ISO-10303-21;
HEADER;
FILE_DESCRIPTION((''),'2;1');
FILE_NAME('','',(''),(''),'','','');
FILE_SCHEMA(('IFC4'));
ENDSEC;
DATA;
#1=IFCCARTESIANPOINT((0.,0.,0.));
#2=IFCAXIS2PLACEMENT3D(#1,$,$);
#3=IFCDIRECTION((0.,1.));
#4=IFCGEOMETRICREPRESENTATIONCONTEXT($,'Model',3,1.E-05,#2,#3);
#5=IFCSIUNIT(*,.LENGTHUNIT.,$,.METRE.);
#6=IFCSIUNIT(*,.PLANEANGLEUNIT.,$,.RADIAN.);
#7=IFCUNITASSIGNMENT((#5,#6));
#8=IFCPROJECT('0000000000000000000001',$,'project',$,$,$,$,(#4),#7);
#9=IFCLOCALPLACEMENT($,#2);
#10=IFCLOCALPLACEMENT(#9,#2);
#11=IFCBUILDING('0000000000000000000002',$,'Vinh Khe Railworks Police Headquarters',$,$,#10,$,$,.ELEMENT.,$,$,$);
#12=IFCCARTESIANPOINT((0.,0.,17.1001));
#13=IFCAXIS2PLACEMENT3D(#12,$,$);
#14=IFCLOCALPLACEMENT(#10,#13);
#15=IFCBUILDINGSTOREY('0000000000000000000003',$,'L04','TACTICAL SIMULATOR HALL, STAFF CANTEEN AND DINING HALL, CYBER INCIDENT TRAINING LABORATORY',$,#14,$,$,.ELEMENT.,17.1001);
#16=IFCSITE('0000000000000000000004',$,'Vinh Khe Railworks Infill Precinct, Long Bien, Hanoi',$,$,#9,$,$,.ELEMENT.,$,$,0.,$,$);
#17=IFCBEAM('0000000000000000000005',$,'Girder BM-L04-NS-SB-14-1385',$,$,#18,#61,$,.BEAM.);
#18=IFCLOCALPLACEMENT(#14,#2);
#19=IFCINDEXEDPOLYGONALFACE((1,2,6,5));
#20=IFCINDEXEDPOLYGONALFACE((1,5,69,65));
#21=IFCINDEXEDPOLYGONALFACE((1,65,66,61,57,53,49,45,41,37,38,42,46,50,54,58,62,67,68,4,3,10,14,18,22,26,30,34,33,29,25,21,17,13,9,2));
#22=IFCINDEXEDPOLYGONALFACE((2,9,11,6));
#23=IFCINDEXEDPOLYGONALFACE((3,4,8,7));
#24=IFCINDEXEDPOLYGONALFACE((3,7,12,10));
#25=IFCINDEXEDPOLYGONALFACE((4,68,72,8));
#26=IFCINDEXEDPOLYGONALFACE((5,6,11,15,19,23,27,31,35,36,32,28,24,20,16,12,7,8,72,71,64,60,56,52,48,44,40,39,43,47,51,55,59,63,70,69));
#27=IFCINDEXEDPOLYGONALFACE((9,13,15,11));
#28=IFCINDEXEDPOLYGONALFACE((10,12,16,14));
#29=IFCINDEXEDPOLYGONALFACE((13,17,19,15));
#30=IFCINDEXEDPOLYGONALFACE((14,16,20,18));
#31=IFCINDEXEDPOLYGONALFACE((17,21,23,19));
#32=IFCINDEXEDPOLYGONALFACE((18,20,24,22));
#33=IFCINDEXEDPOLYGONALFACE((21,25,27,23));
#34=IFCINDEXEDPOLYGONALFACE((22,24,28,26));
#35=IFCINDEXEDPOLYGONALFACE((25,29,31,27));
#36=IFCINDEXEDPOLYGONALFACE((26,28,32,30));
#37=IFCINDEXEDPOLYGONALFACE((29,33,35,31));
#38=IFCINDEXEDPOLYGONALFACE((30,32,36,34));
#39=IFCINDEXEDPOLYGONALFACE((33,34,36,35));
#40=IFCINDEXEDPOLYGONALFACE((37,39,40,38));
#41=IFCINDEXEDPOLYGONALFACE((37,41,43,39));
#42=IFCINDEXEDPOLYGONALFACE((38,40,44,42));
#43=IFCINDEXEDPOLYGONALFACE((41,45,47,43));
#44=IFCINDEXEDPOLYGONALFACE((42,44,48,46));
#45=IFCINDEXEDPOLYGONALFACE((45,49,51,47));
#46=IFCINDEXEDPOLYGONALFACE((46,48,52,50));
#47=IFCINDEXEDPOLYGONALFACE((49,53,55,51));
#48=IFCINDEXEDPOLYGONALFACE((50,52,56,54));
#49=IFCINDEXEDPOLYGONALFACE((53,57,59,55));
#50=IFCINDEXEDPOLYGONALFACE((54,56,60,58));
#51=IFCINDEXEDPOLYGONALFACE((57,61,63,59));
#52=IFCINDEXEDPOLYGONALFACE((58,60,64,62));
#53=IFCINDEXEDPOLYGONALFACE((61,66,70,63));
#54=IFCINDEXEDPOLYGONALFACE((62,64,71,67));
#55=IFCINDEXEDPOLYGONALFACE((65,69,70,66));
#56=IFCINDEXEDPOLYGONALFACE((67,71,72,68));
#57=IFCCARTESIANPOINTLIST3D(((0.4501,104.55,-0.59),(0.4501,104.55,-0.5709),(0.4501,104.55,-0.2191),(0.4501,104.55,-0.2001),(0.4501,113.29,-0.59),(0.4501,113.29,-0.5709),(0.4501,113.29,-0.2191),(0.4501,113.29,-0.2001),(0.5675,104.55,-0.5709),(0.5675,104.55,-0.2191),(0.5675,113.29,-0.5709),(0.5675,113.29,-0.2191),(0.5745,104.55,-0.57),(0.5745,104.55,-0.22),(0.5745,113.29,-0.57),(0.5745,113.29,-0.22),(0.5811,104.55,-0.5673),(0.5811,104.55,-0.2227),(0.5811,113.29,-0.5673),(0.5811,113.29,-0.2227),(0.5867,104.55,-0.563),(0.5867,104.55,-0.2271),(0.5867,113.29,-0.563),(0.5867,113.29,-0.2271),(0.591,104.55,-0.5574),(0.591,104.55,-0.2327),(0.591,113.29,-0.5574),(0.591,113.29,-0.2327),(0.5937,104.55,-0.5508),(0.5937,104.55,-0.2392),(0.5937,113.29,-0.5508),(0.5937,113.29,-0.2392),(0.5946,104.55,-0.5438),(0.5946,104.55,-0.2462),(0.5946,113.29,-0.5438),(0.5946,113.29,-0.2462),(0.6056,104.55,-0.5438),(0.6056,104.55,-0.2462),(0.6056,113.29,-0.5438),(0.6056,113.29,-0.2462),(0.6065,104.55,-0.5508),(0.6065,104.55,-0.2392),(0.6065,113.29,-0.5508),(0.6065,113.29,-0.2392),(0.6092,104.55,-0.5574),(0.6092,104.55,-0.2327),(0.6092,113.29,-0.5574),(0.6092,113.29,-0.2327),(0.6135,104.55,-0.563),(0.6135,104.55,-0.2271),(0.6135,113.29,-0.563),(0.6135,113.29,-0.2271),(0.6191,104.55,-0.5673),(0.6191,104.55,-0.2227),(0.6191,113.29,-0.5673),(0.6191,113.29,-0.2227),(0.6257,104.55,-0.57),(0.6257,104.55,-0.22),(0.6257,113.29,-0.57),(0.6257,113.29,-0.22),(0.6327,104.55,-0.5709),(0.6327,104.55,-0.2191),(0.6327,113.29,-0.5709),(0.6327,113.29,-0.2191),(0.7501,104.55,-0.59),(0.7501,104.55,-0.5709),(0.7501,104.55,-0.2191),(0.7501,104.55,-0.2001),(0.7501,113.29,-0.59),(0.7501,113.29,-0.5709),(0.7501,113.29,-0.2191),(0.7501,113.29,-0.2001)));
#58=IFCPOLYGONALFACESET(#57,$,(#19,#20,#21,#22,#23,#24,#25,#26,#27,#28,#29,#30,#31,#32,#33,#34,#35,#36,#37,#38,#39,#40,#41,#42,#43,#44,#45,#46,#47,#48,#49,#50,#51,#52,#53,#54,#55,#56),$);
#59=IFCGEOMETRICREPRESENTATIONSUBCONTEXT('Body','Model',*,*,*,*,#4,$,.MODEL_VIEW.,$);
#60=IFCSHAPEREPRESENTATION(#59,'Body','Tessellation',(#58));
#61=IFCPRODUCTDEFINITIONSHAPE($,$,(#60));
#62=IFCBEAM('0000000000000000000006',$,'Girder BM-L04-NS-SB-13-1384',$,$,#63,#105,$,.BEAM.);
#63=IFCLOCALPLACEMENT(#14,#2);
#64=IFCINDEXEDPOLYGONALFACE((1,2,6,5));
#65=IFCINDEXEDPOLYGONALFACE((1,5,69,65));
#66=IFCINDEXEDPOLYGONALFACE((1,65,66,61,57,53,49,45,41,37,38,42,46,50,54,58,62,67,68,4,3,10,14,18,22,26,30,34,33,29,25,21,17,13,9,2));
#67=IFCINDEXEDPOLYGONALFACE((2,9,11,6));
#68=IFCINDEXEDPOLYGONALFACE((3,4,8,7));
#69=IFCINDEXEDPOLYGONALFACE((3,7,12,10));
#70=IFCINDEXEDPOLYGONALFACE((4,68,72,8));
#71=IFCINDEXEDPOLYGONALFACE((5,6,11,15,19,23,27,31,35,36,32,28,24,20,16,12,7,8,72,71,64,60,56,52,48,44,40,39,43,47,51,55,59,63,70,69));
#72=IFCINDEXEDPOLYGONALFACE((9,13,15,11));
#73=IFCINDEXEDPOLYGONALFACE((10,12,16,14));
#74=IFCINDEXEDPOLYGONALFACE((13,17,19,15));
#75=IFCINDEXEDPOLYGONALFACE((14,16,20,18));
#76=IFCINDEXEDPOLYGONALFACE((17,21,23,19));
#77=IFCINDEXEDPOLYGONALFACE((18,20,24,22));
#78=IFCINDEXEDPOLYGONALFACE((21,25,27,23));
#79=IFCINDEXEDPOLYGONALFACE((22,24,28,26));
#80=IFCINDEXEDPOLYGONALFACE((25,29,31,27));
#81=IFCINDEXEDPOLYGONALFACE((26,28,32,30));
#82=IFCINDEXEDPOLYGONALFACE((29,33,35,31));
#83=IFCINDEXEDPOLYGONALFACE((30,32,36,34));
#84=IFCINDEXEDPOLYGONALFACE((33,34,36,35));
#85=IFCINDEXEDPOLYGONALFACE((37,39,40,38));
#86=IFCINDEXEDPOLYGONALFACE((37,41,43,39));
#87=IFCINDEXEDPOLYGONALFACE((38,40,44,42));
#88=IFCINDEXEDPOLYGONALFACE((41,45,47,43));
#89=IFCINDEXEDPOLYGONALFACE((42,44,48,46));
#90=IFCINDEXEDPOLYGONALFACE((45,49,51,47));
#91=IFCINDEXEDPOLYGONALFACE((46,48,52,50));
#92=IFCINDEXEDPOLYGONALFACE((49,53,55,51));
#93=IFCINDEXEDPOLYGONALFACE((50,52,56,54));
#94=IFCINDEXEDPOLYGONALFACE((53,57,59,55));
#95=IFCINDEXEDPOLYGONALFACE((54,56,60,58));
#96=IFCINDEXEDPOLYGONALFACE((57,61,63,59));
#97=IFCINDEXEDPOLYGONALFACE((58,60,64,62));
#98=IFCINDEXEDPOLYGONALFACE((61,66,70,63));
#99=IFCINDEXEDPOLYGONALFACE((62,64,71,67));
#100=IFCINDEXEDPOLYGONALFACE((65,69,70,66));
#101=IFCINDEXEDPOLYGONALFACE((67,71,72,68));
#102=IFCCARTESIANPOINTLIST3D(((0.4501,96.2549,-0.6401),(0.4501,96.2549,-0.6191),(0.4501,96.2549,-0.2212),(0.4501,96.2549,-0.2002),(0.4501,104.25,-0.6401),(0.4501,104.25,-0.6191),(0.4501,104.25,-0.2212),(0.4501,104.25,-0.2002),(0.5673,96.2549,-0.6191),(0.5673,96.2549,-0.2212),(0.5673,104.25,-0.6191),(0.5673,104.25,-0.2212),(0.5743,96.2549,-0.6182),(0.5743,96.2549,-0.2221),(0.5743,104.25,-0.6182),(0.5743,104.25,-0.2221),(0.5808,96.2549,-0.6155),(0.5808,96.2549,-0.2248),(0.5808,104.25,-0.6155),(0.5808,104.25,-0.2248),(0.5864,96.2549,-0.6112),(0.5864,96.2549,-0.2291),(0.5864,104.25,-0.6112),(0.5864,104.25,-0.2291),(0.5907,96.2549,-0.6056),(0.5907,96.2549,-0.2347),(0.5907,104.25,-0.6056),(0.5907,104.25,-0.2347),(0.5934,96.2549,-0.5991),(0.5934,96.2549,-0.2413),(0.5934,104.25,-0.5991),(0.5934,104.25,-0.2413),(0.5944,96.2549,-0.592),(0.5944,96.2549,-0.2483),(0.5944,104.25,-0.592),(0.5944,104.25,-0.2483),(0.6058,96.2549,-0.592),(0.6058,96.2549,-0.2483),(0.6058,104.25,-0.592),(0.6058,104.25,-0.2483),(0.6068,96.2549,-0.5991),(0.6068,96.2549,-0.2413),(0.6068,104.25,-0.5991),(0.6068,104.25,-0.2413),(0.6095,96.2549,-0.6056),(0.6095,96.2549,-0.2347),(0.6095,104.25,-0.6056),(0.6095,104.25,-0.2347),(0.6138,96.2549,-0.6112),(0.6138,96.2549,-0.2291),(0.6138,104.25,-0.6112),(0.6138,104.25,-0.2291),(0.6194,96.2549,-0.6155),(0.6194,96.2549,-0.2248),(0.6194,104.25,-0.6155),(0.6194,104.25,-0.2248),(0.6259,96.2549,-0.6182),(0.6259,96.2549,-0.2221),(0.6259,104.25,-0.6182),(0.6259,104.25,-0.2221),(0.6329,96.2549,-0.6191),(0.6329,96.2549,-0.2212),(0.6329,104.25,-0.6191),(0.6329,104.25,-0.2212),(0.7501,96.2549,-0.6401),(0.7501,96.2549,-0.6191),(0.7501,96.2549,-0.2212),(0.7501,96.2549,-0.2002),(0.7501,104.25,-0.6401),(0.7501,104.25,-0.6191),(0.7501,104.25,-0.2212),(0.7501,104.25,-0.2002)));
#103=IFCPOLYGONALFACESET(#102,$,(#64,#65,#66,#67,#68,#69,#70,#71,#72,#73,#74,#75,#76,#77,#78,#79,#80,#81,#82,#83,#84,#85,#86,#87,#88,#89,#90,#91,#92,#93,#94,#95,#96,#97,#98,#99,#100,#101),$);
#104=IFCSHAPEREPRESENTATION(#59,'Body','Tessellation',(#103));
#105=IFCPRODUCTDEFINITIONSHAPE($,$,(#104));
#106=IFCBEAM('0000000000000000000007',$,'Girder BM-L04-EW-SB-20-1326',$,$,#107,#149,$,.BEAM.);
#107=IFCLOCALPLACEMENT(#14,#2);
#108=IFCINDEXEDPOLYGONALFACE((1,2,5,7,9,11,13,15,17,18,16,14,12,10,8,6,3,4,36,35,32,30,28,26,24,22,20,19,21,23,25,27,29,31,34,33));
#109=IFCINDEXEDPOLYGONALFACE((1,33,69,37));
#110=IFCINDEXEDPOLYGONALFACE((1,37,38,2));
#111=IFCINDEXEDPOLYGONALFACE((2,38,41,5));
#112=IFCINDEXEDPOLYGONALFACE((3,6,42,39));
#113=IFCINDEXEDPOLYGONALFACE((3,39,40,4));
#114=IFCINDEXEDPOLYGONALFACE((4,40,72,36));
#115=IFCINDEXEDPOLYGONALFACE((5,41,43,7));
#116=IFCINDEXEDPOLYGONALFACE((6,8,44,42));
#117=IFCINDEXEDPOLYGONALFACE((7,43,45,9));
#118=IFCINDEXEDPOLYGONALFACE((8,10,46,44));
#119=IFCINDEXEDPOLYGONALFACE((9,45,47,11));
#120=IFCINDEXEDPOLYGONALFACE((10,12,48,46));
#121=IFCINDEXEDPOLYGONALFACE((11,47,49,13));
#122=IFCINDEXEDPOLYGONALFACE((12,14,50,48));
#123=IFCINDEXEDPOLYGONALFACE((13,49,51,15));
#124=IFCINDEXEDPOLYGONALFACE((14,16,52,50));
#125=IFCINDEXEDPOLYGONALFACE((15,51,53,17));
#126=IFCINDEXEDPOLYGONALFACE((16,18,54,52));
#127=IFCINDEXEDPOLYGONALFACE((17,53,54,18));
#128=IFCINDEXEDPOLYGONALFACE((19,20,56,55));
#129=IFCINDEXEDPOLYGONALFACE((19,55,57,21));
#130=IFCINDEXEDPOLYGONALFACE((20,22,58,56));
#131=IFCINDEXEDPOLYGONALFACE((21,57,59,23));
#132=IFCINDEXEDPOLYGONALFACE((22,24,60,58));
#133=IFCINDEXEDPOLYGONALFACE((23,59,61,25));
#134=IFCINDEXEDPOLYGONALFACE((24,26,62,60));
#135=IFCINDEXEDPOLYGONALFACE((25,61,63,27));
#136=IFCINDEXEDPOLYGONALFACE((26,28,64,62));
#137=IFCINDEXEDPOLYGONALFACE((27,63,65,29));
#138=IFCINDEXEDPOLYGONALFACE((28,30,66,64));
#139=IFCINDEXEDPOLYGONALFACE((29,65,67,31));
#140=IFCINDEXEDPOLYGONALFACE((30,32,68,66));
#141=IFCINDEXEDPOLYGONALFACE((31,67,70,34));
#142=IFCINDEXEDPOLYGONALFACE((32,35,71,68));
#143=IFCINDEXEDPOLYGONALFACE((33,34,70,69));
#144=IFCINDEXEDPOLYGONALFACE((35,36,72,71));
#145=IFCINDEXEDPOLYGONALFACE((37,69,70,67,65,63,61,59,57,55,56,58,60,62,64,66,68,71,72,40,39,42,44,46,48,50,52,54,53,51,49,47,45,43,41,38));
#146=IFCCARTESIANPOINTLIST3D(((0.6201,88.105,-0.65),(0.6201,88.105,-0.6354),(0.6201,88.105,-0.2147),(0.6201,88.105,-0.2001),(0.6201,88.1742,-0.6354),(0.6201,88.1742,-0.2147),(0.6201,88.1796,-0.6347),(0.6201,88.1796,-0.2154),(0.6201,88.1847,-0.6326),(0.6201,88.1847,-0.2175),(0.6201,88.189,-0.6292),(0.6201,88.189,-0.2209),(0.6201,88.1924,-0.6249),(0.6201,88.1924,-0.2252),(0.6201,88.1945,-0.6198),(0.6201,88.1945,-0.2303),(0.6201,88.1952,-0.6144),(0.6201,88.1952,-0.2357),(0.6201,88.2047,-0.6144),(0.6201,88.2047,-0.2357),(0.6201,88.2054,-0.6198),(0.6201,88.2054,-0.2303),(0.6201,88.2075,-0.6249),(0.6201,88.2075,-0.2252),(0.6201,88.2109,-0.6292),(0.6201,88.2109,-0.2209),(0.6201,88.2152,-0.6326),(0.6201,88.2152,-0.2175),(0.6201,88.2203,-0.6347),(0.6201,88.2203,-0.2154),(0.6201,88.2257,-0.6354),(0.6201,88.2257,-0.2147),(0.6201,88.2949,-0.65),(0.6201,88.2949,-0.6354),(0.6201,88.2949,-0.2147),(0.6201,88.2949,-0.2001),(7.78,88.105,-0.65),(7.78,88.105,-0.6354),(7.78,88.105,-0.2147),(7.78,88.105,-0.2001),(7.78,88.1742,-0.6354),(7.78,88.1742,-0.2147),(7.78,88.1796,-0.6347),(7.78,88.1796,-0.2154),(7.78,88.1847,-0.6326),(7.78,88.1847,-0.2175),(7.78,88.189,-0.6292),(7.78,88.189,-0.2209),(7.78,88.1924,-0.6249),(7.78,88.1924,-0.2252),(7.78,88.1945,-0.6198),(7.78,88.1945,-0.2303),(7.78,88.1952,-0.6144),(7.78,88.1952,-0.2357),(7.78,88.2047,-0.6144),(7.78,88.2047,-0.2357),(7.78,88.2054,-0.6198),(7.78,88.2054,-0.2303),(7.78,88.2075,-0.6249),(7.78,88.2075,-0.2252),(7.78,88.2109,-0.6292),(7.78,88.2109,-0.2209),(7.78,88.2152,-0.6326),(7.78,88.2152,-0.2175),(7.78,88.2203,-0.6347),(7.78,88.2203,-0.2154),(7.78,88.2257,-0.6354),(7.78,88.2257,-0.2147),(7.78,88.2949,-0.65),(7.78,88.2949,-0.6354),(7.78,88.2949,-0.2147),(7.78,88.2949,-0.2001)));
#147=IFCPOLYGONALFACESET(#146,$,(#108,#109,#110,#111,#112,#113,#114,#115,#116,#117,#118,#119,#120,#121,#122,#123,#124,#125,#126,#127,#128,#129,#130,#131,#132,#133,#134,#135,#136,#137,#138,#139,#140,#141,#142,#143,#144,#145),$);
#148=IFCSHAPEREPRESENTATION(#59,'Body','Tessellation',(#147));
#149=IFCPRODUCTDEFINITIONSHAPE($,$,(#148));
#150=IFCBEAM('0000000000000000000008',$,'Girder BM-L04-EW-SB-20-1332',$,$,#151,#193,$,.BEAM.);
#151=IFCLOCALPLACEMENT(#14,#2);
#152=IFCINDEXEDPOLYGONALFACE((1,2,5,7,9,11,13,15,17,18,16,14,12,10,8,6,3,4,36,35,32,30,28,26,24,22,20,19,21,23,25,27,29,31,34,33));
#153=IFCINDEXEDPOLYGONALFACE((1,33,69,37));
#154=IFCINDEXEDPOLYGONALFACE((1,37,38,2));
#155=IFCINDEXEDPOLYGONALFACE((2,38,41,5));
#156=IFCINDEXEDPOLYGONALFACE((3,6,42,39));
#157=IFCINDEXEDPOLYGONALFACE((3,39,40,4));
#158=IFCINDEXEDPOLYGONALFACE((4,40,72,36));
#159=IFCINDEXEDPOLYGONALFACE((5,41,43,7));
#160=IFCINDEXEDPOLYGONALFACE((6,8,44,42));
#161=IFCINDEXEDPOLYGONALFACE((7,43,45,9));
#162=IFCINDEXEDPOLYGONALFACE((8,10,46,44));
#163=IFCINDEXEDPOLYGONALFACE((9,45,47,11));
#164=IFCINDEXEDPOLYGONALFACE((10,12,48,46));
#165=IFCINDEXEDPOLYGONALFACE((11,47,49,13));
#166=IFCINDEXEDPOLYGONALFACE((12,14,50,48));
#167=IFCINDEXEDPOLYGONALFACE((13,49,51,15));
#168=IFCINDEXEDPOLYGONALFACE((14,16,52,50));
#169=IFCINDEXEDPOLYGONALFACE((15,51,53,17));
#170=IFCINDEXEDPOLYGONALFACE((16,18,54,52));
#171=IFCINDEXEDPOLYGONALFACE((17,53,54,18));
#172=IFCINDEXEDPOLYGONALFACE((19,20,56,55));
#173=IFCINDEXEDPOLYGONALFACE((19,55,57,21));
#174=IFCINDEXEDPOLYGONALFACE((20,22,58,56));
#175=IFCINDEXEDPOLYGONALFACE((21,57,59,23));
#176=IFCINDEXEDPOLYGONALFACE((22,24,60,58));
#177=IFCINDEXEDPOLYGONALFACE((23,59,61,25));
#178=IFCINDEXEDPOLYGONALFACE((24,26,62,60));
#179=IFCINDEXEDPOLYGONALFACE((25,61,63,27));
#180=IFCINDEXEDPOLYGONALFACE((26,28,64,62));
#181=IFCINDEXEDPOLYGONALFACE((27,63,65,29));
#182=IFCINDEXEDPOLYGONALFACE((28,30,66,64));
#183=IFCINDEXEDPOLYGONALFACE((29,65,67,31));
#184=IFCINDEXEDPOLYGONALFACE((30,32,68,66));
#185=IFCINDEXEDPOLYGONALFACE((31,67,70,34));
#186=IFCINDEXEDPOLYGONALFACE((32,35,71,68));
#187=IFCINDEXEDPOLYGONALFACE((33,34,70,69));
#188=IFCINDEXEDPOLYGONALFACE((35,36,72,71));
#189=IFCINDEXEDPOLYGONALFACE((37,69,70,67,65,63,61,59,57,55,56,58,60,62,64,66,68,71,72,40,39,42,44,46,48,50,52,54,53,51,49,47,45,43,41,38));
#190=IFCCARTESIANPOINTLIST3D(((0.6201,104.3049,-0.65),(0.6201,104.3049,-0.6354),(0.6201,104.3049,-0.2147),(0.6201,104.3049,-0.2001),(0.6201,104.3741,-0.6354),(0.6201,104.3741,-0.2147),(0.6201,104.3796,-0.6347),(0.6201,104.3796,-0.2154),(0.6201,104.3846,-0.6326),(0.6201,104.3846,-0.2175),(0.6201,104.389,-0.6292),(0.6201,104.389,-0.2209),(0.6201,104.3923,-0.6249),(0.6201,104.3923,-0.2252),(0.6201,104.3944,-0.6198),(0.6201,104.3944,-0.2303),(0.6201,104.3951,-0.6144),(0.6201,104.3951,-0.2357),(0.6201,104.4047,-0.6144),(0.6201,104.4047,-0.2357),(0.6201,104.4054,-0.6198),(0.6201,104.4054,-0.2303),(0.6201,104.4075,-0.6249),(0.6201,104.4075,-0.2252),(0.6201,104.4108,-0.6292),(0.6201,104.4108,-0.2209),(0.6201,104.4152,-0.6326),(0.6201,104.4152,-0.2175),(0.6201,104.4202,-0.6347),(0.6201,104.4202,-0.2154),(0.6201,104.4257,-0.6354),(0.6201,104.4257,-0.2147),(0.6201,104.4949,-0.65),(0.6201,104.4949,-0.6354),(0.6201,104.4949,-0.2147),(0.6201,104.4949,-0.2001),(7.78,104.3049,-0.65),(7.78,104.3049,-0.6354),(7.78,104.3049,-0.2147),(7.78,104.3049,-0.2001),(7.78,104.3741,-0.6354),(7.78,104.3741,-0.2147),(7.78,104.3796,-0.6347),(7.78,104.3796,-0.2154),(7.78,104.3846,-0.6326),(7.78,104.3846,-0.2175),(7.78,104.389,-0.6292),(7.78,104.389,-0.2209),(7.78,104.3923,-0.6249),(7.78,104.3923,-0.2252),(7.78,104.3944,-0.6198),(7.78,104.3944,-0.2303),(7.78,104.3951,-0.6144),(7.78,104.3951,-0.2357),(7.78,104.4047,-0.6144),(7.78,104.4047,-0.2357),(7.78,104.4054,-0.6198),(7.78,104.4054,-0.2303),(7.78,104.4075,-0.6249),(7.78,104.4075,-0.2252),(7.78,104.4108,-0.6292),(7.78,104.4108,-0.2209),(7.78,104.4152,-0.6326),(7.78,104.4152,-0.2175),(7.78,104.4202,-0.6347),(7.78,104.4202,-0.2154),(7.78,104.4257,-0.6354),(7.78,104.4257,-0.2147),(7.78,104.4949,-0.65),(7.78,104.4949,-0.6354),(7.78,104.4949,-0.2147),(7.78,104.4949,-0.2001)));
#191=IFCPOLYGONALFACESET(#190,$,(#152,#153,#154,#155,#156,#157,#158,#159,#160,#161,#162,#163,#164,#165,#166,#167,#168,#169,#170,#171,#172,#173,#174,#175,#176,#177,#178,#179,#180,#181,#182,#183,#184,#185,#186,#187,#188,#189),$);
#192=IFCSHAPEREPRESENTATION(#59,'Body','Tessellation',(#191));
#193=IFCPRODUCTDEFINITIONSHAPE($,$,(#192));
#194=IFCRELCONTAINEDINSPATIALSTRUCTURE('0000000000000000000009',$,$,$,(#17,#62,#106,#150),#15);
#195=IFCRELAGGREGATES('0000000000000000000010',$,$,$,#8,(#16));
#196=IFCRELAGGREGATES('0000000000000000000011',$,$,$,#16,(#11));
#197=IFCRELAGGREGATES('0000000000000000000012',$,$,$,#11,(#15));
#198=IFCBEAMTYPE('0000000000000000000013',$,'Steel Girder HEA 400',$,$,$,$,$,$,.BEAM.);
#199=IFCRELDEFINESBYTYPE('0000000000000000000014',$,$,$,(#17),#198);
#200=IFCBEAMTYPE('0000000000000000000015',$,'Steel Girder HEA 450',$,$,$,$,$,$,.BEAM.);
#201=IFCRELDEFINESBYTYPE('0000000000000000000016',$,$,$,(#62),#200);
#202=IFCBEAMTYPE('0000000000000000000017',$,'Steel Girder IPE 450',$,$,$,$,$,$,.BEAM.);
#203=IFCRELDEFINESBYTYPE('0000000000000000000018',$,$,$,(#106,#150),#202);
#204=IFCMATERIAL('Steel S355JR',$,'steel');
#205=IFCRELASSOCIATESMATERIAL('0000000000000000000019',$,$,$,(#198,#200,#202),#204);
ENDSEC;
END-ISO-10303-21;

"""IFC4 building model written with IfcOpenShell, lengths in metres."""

from ifc_helpers import new_model, si_unit, direction, frame, origin, origin_2d, place, context, subcontext, project, spatial, i_section, extrude, material, material_profile, profile_set, type_object, element, save


model = new_model("IFC4")

# Units and contexts
model_context = context("Model", 3, precision=1e-05, world=origin(), true_north=direction((0.0, 1.0)))
body_context = subcontext(model_context, "Body", "Model", "MODEL_VIEW")
ifc_project = project(units=[si_unit("LENGTHUNIT", "METRE"), si_unit("PLANEANGLEUNIT", "RADIAN")], contexts=[model_context])

# Site, building, storey
site_placement = place(None, origin())
site = spatial("IfcSite", under=ifc_project, at=site_placement, Name="Vinh Khe Railworks Infill Precinct, Long Bien, Hanoi", CompositionType="ELEMENT", RefElevation=0.0)
building_placement = place(site_placement, origin())
building = spatial("IfcBuilding", under=site, at=building_placement, Name="Vinh Khe Railworks Police Headquarters", CompositionType="ELEMENT")
storey_placement = place(building_placement, frame((0.0, 0.0, 17.1001)))
storey = spatial("IfcBuildingStorey", under=building, at=storey_placement, Name="L04", Description="TACTICAL SIMULATOR HALL, STAFF CANTEEN AND DINING HALL, CYBER INCIDENT TRAINING LABORATORY", CompositionType="ELEMENT", Elevation=17.1001)

# Shared definitions
ifc_material_1 = material(Name="Steel S355JR", Category="steel")

# Beams
ifc_material_profile_1 = material_profile(ifc_material_1, i_section(OverallWidth=0.3, OverallDepth=0.3899, WebThickness=0.011, FlangeThickness=0.019, FilletRadius=0.0271, at=origin_2d()), Name="HEA 400")
ifc_profile_set_1 = profile_set([ifc_material_profile_1], Name="Steel S355JR")
beam_type_1 = type_object("IfcBeamType", Name="Steel Girder HEA 400", PredefinedType="BEAM", material=ifc_profile_set_1)
beam_1_placement = place(storey_placement, frame((0.6001, 104.55, -0.395), z_axis=(0.0, 1.0, 0.0), x_axis=(-1.0, 0.0, 0.0)))
element("IfcBeam", 1, at=beam_1_placement, inside=storey, type_object=beam_type_1, Name="Girder BM-L04-NS-SB-14-1385", PredefinedType="BEAM", context=body_context, shape_type="SweptSolid", body=[
    extrude(i_section(OverallWidth=0.3, OverallDepth=0.3899, WebThickness=0.011, FlangeThickness=0.019, FilletRadius=0.0271, at=origin_2d()), origin(), (0.0, 0.0, 1.0), 8.74),
])
ifc_material_profile_2 = material_profile(ifc_material_1, i_section(OverallWidth=0.3, OverallDepth=0.4399, WebThickness=0.0115, FlangeThickness=0.021, FilletRadius=0.0271, at=origin_2d()), Name="HEA 450")
ifc_profile_set_2 = profile_set([ifc_material_profile_2], Name="Steel S355JR")
beam_type_2 = type_object("IfcBeamType", Name="Steel Girder HEA 450", PredefinedType="BEAM", material=ifc_profile_set_2)
beam_2_placement = place(storey_placement, frame((0.6001, 96.2549, -0.4202), z_axis=(0.0, 1.0, 0.0), x_axis=(-1.0, 0.0, 0.0)))
element("IfcBeam", 2, at=beam_2_placement, inside=storey, type_object=beam_type_2, Name="Girder BM-L04-NS-SB-13-1384", PredefinedType="BEAM", context=body_context, shape_type="SweptSolid", body=[
    extrude(i_section(OverallWidth=0.3, OverallDepth=0.4399, WebThickness=0.0115, FlangeThickness=0.021, FilletRadius=0.0271, at=origin_2d()), origin(), (0.0, 0.0, 1.0), 7.9951),
])
ifc_material_profile_3 = material_profile(ifc_material_1, i_section(OverallWidth=0.1899, OverallDepth=0.45, WebThickness=0.0095, FlangeThickness=0.0146, FilletRadius=0.021, at=origin_2d()), Name="IPE 450")
ifc_profile_set_3 = profile_set([ifc_material_profile_3], Name="Steel S355JR")
beam_type_3 = type_object("IfcBeamType", Name="Steel Girder IPE 450", PredefinedType="BEAM", material=ifc_profile_set_3)
for number, where, z_axis, x_axis, name in (
    (3, (0.6201, 88.2, -0.425), (1.0, 0.0, 0.0), (0.0, 1.0, 0.0), "Girder BM-L04-EW-SB-20-1326"),
    (4, (0.6201, 104.3999, -0.425), (1.0, 0.0, 0.0), (0.0, 1.0, 0.0), "Girder BM-L04-EW-SB-20-1332"),
):
    element("IfcBeam", number, at=place(storey_placement, frame(where, z_axis=z_axis, x_axis=x_axis)), inside=storey, type_object=beam_type_3, Name=name, PredefinedType="BEAM", context=body_context, shape_type="SweptSolid", body=[
        extrude(i_section(OverallWidth=0.1899, OverallDepth=0.45, WebThickness=0.0095, FlangeThickness=0.0146, FilletRadius=0.021, at=origin_2d()), origin(), (0.0, 0.0, 1.0), 7.1599),
    ])

save(model, "model.ifc")
